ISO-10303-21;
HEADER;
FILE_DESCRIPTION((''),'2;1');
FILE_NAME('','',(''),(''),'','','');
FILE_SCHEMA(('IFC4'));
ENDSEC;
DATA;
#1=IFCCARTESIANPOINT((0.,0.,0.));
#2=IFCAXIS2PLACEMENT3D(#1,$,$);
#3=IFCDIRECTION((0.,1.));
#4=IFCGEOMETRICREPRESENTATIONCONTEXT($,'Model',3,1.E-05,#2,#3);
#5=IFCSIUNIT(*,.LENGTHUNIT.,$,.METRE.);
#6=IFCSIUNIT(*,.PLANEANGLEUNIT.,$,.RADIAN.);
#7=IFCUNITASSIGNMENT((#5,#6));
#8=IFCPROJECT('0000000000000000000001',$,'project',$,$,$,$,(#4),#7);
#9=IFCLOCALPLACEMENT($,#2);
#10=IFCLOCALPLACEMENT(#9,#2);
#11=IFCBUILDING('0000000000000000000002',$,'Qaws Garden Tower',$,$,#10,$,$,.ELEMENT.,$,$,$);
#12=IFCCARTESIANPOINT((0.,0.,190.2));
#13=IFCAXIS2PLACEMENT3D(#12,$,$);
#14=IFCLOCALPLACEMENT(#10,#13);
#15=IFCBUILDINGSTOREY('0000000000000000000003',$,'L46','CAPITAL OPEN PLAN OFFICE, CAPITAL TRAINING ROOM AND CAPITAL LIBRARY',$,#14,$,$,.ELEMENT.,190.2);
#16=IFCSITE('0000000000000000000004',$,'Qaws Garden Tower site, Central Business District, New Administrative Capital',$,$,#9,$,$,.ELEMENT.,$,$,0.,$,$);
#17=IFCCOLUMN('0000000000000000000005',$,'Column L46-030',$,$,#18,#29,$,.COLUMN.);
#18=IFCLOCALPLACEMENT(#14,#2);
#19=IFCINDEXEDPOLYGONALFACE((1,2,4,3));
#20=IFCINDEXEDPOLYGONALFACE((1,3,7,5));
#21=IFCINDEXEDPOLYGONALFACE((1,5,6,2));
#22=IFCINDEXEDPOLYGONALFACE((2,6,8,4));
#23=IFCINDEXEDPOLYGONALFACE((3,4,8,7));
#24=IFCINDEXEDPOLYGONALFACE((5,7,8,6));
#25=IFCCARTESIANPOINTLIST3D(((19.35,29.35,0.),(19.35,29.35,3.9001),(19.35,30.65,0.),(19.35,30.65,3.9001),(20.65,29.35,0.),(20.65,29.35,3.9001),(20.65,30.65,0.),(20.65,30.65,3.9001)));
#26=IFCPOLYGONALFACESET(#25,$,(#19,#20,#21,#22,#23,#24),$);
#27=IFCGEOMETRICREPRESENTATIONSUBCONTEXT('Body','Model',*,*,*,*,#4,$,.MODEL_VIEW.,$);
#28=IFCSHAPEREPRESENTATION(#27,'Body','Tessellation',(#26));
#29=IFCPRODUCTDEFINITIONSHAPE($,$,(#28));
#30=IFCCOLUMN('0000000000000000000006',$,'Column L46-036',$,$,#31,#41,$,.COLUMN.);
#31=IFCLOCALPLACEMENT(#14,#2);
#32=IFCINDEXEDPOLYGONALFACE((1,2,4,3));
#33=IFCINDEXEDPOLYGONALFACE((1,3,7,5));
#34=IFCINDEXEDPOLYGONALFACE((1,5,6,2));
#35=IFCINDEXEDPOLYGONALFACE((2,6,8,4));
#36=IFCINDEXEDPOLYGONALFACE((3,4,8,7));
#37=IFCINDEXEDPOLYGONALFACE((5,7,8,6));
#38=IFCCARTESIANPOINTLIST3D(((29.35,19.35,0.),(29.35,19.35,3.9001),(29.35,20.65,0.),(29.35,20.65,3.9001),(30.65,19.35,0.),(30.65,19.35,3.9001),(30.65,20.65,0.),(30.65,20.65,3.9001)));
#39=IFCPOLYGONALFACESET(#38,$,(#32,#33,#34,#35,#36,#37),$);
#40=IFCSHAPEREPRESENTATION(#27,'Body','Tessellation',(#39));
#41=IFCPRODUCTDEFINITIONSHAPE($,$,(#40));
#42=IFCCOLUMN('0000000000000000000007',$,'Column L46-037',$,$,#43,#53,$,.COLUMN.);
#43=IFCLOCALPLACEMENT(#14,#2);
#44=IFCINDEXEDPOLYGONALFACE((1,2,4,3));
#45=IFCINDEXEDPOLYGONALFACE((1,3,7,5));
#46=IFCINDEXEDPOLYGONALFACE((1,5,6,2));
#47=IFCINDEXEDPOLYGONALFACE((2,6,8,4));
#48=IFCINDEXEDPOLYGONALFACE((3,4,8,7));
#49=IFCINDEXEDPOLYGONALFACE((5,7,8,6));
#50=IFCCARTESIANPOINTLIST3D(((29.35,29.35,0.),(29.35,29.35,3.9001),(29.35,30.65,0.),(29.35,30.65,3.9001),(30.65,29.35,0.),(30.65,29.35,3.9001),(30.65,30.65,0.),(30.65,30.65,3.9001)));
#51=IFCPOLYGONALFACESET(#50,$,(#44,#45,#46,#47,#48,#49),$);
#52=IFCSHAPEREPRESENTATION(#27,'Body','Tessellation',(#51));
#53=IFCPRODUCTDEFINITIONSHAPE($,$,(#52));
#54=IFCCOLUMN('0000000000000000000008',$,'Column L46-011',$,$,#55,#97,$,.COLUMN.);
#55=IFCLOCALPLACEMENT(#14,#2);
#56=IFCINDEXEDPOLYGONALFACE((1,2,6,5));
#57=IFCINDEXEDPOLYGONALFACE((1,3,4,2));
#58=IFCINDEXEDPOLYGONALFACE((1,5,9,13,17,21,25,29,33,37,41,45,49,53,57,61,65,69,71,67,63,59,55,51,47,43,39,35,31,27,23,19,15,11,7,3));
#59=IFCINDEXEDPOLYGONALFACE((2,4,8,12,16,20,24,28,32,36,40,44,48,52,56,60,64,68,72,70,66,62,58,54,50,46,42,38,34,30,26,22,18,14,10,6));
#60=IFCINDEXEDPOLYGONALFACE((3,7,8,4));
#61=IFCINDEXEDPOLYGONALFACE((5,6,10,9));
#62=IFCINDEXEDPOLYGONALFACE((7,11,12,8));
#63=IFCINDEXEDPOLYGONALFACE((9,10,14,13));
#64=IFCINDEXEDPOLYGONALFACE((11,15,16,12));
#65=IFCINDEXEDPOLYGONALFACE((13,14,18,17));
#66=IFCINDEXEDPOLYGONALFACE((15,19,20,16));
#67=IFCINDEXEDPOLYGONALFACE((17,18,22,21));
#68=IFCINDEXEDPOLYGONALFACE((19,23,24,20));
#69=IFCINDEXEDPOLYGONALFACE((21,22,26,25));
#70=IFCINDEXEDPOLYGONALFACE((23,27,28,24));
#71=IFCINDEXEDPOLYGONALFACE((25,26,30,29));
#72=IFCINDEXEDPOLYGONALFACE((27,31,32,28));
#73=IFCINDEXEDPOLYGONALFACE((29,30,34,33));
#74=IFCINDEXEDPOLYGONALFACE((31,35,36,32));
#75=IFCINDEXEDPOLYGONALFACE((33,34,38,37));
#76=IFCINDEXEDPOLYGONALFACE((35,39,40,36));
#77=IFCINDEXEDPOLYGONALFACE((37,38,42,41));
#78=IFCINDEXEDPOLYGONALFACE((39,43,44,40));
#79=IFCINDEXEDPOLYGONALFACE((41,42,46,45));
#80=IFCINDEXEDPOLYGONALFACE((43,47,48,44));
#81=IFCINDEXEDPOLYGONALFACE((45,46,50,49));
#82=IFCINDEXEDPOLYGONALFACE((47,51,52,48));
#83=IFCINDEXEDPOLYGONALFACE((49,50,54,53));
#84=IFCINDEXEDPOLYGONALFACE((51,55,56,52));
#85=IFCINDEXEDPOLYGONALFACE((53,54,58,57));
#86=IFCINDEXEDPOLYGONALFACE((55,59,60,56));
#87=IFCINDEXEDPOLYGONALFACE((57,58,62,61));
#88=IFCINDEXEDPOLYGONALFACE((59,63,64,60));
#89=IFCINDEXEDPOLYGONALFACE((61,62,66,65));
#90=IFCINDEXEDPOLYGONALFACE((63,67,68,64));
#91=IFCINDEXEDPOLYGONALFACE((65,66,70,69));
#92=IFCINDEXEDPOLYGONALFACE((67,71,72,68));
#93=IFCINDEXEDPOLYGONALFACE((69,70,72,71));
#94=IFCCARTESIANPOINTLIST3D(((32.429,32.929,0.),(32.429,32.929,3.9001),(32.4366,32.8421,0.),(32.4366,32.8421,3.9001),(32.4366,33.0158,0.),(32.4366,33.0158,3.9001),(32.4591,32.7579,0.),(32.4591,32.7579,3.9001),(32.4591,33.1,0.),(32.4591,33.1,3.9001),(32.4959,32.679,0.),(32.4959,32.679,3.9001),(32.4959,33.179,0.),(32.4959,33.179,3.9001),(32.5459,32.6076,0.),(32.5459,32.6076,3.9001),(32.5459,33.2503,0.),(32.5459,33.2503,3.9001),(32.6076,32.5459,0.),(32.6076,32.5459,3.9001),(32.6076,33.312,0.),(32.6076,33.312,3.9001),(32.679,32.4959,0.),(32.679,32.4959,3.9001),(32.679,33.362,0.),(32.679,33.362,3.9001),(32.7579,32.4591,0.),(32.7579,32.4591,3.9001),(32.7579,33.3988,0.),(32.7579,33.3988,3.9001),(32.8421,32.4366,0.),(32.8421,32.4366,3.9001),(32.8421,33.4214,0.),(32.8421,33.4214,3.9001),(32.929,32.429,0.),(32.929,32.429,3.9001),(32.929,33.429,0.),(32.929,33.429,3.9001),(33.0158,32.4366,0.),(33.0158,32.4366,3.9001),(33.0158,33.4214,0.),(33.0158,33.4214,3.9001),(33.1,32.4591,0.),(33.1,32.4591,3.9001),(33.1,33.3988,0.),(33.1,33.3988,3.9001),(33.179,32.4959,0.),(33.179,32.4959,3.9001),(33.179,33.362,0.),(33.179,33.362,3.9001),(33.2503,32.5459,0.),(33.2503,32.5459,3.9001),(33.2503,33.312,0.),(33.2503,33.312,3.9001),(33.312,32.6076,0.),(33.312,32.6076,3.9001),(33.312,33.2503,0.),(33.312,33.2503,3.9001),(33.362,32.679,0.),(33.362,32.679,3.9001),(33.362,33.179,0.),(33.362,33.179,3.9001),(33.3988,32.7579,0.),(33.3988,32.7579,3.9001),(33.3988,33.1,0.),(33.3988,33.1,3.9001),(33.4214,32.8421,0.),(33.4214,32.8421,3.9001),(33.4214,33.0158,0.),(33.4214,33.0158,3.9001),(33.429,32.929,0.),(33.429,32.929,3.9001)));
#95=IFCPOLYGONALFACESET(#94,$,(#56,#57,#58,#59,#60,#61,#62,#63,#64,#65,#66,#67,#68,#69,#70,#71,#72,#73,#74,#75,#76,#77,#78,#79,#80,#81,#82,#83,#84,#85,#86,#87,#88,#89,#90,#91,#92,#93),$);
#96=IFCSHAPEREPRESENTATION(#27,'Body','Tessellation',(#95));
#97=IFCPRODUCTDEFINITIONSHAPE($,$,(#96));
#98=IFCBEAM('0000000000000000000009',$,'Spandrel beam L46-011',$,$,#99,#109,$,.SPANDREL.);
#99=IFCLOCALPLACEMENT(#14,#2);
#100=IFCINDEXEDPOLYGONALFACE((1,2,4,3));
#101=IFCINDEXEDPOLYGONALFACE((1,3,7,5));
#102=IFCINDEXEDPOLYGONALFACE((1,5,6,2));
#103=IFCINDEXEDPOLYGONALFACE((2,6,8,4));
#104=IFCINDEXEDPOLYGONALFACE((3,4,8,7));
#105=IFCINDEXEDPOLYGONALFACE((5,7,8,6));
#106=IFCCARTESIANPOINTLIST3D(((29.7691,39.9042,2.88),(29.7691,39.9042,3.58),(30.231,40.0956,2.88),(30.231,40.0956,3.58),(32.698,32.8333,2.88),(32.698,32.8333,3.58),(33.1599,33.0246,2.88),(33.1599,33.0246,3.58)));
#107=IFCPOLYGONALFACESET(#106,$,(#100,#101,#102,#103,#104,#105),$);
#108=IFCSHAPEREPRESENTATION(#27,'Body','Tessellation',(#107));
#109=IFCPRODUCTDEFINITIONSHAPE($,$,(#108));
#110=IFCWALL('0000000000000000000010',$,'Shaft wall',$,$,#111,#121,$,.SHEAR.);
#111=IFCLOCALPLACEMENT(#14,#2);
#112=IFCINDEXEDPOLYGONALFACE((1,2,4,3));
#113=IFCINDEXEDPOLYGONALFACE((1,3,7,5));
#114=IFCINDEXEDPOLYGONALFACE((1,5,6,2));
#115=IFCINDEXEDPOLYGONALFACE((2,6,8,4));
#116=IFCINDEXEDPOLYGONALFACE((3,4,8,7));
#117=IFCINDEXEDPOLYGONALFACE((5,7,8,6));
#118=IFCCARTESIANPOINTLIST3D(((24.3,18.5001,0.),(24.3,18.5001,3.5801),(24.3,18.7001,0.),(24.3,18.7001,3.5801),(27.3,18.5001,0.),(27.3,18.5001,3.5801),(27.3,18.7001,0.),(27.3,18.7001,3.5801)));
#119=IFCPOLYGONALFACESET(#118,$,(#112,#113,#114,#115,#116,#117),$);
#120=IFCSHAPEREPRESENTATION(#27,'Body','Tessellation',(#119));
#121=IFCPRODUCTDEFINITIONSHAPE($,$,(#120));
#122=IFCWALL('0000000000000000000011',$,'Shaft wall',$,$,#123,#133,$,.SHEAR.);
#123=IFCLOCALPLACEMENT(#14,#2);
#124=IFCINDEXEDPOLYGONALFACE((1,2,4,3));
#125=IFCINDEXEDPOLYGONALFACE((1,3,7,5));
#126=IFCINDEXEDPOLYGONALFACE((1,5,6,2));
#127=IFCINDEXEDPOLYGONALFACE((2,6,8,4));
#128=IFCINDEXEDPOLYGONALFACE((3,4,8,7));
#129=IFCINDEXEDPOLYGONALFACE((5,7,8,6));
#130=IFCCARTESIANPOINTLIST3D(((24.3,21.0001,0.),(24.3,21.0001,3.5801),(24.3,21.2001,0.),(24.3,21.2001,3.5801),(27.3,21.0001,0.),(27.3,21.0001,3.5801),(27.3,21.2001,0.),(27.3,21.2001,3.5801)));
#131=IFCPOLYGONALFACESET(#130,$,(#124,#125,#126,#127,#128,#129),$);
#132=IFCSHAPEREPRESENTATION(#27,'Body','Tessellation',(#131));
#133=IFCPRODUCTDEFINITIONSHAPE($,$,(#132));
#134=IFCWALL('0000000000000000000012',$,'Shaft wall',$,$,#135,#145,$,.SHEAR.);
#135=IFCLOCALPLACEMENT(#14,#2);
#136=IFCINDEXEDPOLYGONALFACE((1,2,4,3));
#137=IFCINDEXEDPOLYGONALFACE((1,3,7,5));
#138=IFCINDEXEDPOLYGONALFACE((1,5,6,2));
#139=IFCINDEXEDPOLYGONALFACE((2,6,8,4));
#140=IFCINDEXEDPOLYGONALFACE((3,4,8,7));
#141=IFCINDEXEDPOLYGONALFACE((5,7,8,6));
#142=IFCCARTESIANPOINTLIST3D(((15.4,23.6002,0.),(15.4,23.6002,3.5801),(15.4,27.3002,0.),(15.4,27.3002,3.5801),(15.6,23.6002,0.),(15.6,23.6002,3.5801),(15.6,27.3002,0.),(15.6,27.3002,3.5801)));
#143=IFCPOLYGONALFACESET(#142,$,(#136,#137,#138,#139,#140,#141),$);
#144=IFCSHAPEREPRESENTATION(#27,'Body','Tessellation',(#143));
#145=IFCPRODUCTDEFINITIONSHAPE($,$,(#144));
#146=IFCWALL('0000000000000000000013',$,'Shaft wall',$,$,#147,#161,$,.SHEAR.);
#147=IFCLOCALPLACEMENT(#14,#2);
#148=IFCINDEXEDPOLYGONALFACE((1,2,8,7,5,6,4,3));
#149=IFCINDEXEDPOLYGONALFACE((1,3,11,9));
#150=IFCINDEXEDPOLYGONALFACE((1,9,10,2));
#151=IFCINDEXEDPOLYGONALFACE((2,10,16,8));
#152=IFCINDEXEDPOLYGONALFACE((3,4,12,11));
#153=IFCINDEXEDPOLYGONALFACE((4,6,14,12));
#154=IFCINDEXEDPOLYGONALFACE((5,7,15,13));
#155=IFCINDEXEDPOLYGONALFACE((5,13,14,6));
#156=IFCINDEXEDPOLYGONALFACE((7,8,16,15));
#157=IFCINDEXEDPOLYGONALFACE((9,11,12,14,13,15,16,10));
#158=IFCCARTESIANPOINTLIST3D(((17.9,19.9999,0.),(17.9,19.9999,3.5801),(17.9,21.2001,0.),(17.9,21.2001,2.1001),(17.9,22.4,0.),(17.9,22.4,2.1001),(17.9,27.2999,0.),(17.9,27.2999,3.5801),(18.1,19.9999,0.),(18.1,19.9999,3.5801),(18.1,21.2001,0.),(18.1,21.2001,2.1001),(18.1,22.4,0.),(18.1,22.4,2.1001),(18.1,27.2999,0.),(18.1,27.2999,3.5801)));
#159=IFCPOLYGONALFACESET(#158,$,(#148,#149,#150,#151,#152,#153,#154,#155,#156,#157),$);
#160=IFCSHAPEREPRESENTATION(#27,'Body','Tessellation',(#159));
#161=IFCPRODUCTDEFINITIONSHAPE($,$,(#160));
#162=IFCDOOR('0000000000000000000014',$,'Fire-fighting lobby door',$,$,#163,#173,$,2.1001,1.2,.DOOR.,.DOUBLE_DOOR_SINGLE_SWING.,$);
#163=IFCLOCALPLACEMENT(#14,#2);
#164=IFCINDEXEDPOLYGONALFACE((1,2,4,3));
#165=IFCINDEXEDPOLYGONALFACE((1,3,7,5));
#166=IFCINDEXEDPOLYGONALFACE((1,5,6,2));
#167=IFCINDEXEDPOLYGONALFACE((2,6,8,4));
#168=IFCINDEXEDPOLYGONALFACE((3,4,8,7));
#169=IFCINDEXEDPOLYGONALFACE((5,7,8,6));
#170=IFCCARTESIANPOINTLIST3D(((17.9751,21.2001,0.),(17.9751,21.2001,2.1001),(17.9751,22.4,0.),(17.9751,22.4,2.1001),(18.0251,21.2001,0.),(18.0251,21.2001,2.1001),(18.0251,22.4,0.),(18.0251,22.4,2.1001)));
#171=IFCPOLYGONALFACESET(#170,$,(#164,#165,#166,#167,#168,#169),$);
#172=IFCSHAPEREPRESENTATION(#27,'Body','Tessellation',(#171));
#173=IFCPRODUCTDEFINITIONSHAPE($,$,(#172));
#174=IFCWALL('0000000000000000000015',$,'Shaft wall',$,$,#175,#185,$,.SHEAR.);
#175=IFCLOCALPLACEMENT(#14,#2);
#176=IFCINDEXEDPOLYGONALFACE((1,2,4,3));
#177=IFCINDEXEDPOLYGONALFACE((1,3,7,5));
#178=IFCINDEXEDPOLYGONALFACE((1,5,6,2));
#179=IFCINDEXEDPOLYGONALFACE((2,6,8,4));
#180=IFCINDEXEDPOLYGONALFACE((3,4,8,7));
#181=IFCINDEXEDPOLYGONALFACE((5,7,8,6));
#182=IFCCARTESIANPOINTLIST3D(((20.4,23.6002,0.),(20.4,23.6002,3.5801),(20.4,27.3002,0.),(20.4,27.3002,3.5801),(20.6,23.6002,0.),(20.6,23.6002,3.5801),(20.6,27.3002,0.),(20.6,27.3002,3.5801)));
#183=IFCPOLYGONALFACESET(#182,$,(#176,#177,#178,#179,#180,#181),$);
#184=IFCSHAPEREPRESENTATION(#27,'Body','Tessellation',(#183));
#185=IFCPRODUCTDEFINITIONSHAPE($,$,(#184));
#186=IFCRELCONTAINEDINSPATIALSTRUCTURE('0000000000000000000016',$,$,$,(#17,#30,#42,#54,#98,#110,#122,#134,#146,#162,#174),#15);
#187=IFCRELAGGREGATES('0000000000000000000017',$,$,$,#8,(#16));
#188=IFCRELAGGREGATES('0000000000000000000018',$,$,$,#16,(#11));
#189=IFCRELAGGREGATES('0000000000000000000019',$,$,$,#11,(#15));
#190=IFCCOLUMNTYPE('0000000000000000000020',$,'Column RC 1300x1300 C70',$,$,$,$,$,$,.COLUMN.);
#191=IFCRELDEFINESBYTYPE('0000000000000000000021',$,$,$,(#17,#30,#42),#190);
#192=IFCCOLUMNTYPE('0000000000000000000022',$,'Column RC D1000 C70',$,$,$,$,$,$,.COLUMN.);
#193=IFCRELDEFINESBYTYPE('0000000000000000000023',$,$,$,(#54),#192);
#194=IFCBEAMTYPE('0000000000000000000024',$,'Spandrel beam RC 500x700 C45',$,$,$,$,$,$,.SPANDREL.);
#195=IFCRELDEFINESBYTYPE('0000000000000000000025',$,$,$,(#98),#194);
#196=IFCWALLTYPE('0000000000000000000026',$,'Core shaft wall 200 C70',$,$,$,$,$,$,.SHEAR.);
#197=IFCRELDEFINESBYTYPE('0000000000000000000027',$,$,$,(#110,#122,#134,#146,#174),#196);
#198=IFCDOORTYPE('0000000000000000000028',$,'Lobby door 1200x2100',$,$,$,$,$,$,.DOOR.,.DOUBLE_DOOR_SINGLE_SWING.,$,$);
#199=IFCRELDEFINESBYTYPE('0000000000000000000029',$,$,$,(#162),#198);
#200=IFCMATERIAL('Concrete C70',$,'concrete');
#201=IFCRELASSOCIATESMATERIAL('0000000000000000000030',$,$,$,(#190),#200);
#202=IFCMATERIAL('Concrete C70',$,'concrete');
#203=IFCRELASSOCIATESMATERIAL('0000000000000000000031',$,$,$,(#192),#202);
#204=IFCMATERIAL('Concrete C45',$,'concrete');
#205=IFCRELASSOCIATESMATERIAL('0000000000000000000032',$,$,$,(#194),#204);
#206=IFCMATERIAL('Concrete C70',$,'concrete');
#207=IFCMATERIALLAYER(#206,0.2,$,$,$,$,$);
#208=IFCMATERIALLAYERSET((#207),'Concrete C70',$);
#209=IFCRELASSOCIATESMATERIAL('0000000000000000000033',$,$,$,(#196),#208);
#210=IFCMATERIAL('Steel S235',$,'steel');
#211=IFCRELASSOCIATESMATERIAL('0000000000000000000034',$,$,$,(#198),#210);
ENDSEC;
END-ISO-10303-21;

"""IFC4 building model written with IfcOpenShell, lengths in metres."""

from ifc_helpers import new_model, si_unit, direction, frame, frame_2d, origin, origin_2d, place, context, subcontext, project, spatial, rectangle, circle, extrude, material, layer, layer_set, material_profile, profile_set, type_object, element, fill, save


model = new_model("IFC4")

# Units and contexts
model_context = context("Model", 3, precision=1e-05, world=origin(), true_north=direction((0.0, 1.0)))
body_context = subcontext(model_context, "Body", "Model", "MODEL_VIEW")
ifc_project = project(units=[si_unit("LENGTHUNIT", "METRE"), si_unit("PLANEANGLEUNIT", "RADIAN")], contexts=[model_context])

# Site, building, storey
site_placement = place(None, origin())
site = spatial("IfcSite", under=ifc_project, at=site_placement, Name="Qaws Garden Tower site, Central Business District, New Administrative Capital", CompositionType="ELEMENT", RefElevation=0.0)
building_placement = place(site_placement, origin())
building = spatial("IfcBuilding", under=site, at=building_placement, Name="Qaws Garden Tower", CompositionType="ELEMENT")
storey_placement = place(building_placement, frame((0.0, 0.0, 190.2)))
storey = spatial("IfcBuildingStorey", under=building, at=storey_placement, Name="L46", Description="CAPITAL OPEN PLAN OFFICE, CAPITAL TRAINING ROOM AND CAPITAL LIBRARY", CompositionType="ELEMENT", Elevation=190.2)

# Columns
ifc_material_1 = material(Name="Concrete C70", Category="concrete")
ifc_material_profile_1 = material_profile(ifc_material_1, rectangle(XDim=1.3, YDim=1.3, at=origin_2d()), Name="RC 1300x1300")
ifc_profile_set_1 = profile_set([ifc_material_profile_1], Name="Concrete C70")
column_type_1 = type_object("IfcColumnType", Name="Column RC 1300x1300 C70", PredefinedType="COLUMN", material=ifc_profile_set_1)
for number, where, z_axis, x_axis, name in (
    (1, (20.0, 30.0, 0.0), (0.0, 0.0, 1.0), (1.0, 0.0, 0.0), "Column L46-030"),
    (2, (30.0, 20.0, 0.0), (0.0, 0.0, 1.0), (1.0, 0.0, 0.0), "Column L46-036"),
    (3, (30.0, 30.0, 0.0), (0.0, 0.0, 1.0), (1.0, 0.0, 0.0), "Column L46-037"),
):
    element("IfcColumn", number, at=place(storey_placement, frame(where, z_axis=z_axis, x_axis=x_axis)), inside=storey, type_object=column_type_1, Name=name, PredefinedType="COLUMN", context=body_context, shape_type="SweptSolid", body=[
        extrude(rectangle(XDim=1.3, YDim=1.3, at=origin_2d()), origin(), (0.0, 0.0, 1.0), 3.9001),
    ])
ifc_material_2 = material(Name="Concrete C70", Category="concrete")
ifc_material_profile_2 = material_profile(ifc_material_2, circle(Radius=0.5, at=origin_2d()), Name="RC D1000")
ifc_profile_set_2 = profile_set([ifc_material_profile_2], Name="Concrete C70")
column_type_2 = type_object("IfcColumnType", Name="Column RC D1000 C70", PredefinedType="COLUMN", material=ifc_profile_set_2)
column_placement = place(storey_placement, frame((32.929, 32.929, 0.0), z_axis=(0.0, 0.0, 1.0), x_axis=(1.0, 0.0, 0.0)))
element("IfcColumn", 4, at=column_placement, inside=storey, type_object=column_type_2, Name="Column L46-011", PredefinedType="COLUMN", context=body_context, shape_type="SweptSolid", body=[
    extrude(circle(Radius=0.5, at=origin_2d()), origin(), (0.0, 0.0, 1.0), 3.9001),
])

# Beam
ifc_material_3 = material(Name="Concrete C45", Category="concrete")
ifc_material_profile_3 = material_profile(ifc_material_3, rectangle(XDim=0.5, YDim=0.7, at=origin_2d()), Name="RC 500x700")
ifc_profile_set_3 = profile_set([ifc_material_profile_3], Name="Concrete C45")
beam_type = type_object("IfcBeamType", Name="Spandrel beam RC 500x700 C45", PredefinedType="SPANDREL", material=ifc_profile_set_3)
beam_placement = place(storey_placement, frame((32.929, 32.929, 3.23), z_axis=(-0.382687, 0.923878, 0.0), x_axis=(-0.923878, -0.382687, 0.0)))
element("IfcBeam", 5, at=beam_placement, inside=storey, type_object=beam_type, Name="Spandrel beam L46-011", PredefinedType="SPANDREL", context=body_context, shape_type="SweptSolid", body=[
    extrude(rectangle(XDim=0.5, YDim=0.7, at=origin_2d()), origin(), (0.0, 0.0, 1.0), 7.6536),
])

# Walls
ifc_material_4 = material(Name="Concrete C70", Category="concrete")
ifc_layer_1 = layer(ifc_material_4, 0.2)
ifc_layer_set_1 = layer_set([ifc_layer_1], Name="Concrete C70")
wall_type_1 = type_object("IfcWallType", Name="Core shaft wall 200 C70", PredefinedType="SHEAR", material=ifc_layer_set_1)
for number, where, z_axis, x_axis, name in (
    (6, (24.3, 18.6001, 0.0), (0.0, 0.0, 1.0), (1.0, 0.0, 0.0), "Shaft wall"),
    (7, (24.3, 21.1001, 0.0), (0.0, 0.0, 1.0), (1.0, 0.0, 0.0), "Shaft wall"),
):
    element("IfcWall", number, at=place(storey_placement, frame(where, z_axis=z_axis, x_axis=x_axis)), inside=storey, type_object=wall_type_1, Name=name, PredefinedType="SHEAR", context=body_context, shape_type="SweptSolid", body=[
        extrude(rectangle(XDim=3.0, YDim=0.2, at=frame_2d((1.5, 0.0))), origin(), (0.0, 0.0, 1.0), 3.5801),
    ])
wall_1_placement = place(storey_placement, frame((15.5, 23.6001, 0.0), z_axis=(0.0, 0.0, 1.0), x_axis=(0.0, 1.0, 0.0)))
element("IfcWall", 8, at=wall_1_placement, inside=storey, type_object=wall_type_1, Name="Shaft wall", PredefinedType="SHEAR", context=body_context, shape_type="SweptSolid", body=[
    extrude(rectangle(XDim=3.7, YDim=0.2, at=frame_2d((1.8501, 0.0))), origin(), (0.0, 0.0, 1.0), 3.5801),
])

# Wall, opening, door
wall_2_placement = place(storey_placement, frame((18.0, 20.0, 0.0), z_axis=(0.0, 0.0, 1.0), x_axis=(0.0, 1.0, 0.0)))
wall_2 = element("IfcWall", 9, at=wall_2_placement, inside=storey, type_object=wall_type_1, Name="Shaft wall", PredefinedType="SHEAR", context=body_context, shape_type="SweptSolid", body=[
    extrude(rectangle(XDim=7.3, YDim=0.2, at=frame_2d((3.6499, 0.0))), origin(), (0.0, 0.0, 1.0), 3.5801),
])
opening_1_placement = place(wall_2_placement, frame((1.2, 0.0, 0.0)))
opening_1 = element("IfcOpeningElement", 10, at=opening_1_placement, cuts=wall_2, PredefinedType="OPENING", context=body_context, shape_type="SweptSolid", body=[
    extrude(rectangle(XDim=1.2, YDim=2.1001, at=frame_2d((0.6001, 1.05))), frame((0.0, 0.1099, 0.0), z_axis=(0.0, -1.0, 0.0), x_axis=(1.0, 0.0, 0.0)), (0.0, 0.0, 1.0), 0.22),
])
ifc_material_5 = material(Name="Steel S235", Category="steel")
door_type_1 = type_object("IfcDoorType", Name="Lobby door 1200x2100", OperationType="DOUBLE_DOOR_SINGLE_SWING", PredefinedType="DOOR", material=ifc_material_5)
door_1_placement = place(opening_1_placement, origin())
door_1 = element("IfcDoor", 11, at=door_1_placement, inside=storey, type_object=door_type_1, Name="Fire-fighting lobby door", OperationType="DOUBLE_DOOR_SINGLE_SWING", OverallHeight=2.1001, OverallWidth=1.2, PredefinedType="DOOR", context=body_context, shape_type="SweptSolid", body=[
    extrude(rectangle(XDim=1.2, YDim=2.1001, at=frame_2d((0.6001, 1.05))), frame((0.0, 0.0249, 0.0), z_axis=(0.0, -1.0, 0.0), x_axis=(1.0, 0.0, 0.0)), (0.0, 0.0, 1.0), 0.05),
])
fill(opening_1, door_1)

# Wall
wall_3_placement = place(storey_placement, frame((20.5, 23.6001, 0.0), z_axis=(0.0, 0.0, 1.0), x_axis=(0.0, 1.0, 0.0)))
element("IfcWall", 12, at=wall_3_placement, inside=storey, type_object=wall_type_1, Name="Shaft wall", PredefinedType="SHEAR", context=body_context, shape_type="SweptSolid", body=[
    extrude(rectangle(XDim=3.7, YDim=0.2, at=frame_2d((1.8501, 0.0))), origin(), (0.0, 0.0, 1.0), 3.5801),
])

save(model, "model.ifc")
